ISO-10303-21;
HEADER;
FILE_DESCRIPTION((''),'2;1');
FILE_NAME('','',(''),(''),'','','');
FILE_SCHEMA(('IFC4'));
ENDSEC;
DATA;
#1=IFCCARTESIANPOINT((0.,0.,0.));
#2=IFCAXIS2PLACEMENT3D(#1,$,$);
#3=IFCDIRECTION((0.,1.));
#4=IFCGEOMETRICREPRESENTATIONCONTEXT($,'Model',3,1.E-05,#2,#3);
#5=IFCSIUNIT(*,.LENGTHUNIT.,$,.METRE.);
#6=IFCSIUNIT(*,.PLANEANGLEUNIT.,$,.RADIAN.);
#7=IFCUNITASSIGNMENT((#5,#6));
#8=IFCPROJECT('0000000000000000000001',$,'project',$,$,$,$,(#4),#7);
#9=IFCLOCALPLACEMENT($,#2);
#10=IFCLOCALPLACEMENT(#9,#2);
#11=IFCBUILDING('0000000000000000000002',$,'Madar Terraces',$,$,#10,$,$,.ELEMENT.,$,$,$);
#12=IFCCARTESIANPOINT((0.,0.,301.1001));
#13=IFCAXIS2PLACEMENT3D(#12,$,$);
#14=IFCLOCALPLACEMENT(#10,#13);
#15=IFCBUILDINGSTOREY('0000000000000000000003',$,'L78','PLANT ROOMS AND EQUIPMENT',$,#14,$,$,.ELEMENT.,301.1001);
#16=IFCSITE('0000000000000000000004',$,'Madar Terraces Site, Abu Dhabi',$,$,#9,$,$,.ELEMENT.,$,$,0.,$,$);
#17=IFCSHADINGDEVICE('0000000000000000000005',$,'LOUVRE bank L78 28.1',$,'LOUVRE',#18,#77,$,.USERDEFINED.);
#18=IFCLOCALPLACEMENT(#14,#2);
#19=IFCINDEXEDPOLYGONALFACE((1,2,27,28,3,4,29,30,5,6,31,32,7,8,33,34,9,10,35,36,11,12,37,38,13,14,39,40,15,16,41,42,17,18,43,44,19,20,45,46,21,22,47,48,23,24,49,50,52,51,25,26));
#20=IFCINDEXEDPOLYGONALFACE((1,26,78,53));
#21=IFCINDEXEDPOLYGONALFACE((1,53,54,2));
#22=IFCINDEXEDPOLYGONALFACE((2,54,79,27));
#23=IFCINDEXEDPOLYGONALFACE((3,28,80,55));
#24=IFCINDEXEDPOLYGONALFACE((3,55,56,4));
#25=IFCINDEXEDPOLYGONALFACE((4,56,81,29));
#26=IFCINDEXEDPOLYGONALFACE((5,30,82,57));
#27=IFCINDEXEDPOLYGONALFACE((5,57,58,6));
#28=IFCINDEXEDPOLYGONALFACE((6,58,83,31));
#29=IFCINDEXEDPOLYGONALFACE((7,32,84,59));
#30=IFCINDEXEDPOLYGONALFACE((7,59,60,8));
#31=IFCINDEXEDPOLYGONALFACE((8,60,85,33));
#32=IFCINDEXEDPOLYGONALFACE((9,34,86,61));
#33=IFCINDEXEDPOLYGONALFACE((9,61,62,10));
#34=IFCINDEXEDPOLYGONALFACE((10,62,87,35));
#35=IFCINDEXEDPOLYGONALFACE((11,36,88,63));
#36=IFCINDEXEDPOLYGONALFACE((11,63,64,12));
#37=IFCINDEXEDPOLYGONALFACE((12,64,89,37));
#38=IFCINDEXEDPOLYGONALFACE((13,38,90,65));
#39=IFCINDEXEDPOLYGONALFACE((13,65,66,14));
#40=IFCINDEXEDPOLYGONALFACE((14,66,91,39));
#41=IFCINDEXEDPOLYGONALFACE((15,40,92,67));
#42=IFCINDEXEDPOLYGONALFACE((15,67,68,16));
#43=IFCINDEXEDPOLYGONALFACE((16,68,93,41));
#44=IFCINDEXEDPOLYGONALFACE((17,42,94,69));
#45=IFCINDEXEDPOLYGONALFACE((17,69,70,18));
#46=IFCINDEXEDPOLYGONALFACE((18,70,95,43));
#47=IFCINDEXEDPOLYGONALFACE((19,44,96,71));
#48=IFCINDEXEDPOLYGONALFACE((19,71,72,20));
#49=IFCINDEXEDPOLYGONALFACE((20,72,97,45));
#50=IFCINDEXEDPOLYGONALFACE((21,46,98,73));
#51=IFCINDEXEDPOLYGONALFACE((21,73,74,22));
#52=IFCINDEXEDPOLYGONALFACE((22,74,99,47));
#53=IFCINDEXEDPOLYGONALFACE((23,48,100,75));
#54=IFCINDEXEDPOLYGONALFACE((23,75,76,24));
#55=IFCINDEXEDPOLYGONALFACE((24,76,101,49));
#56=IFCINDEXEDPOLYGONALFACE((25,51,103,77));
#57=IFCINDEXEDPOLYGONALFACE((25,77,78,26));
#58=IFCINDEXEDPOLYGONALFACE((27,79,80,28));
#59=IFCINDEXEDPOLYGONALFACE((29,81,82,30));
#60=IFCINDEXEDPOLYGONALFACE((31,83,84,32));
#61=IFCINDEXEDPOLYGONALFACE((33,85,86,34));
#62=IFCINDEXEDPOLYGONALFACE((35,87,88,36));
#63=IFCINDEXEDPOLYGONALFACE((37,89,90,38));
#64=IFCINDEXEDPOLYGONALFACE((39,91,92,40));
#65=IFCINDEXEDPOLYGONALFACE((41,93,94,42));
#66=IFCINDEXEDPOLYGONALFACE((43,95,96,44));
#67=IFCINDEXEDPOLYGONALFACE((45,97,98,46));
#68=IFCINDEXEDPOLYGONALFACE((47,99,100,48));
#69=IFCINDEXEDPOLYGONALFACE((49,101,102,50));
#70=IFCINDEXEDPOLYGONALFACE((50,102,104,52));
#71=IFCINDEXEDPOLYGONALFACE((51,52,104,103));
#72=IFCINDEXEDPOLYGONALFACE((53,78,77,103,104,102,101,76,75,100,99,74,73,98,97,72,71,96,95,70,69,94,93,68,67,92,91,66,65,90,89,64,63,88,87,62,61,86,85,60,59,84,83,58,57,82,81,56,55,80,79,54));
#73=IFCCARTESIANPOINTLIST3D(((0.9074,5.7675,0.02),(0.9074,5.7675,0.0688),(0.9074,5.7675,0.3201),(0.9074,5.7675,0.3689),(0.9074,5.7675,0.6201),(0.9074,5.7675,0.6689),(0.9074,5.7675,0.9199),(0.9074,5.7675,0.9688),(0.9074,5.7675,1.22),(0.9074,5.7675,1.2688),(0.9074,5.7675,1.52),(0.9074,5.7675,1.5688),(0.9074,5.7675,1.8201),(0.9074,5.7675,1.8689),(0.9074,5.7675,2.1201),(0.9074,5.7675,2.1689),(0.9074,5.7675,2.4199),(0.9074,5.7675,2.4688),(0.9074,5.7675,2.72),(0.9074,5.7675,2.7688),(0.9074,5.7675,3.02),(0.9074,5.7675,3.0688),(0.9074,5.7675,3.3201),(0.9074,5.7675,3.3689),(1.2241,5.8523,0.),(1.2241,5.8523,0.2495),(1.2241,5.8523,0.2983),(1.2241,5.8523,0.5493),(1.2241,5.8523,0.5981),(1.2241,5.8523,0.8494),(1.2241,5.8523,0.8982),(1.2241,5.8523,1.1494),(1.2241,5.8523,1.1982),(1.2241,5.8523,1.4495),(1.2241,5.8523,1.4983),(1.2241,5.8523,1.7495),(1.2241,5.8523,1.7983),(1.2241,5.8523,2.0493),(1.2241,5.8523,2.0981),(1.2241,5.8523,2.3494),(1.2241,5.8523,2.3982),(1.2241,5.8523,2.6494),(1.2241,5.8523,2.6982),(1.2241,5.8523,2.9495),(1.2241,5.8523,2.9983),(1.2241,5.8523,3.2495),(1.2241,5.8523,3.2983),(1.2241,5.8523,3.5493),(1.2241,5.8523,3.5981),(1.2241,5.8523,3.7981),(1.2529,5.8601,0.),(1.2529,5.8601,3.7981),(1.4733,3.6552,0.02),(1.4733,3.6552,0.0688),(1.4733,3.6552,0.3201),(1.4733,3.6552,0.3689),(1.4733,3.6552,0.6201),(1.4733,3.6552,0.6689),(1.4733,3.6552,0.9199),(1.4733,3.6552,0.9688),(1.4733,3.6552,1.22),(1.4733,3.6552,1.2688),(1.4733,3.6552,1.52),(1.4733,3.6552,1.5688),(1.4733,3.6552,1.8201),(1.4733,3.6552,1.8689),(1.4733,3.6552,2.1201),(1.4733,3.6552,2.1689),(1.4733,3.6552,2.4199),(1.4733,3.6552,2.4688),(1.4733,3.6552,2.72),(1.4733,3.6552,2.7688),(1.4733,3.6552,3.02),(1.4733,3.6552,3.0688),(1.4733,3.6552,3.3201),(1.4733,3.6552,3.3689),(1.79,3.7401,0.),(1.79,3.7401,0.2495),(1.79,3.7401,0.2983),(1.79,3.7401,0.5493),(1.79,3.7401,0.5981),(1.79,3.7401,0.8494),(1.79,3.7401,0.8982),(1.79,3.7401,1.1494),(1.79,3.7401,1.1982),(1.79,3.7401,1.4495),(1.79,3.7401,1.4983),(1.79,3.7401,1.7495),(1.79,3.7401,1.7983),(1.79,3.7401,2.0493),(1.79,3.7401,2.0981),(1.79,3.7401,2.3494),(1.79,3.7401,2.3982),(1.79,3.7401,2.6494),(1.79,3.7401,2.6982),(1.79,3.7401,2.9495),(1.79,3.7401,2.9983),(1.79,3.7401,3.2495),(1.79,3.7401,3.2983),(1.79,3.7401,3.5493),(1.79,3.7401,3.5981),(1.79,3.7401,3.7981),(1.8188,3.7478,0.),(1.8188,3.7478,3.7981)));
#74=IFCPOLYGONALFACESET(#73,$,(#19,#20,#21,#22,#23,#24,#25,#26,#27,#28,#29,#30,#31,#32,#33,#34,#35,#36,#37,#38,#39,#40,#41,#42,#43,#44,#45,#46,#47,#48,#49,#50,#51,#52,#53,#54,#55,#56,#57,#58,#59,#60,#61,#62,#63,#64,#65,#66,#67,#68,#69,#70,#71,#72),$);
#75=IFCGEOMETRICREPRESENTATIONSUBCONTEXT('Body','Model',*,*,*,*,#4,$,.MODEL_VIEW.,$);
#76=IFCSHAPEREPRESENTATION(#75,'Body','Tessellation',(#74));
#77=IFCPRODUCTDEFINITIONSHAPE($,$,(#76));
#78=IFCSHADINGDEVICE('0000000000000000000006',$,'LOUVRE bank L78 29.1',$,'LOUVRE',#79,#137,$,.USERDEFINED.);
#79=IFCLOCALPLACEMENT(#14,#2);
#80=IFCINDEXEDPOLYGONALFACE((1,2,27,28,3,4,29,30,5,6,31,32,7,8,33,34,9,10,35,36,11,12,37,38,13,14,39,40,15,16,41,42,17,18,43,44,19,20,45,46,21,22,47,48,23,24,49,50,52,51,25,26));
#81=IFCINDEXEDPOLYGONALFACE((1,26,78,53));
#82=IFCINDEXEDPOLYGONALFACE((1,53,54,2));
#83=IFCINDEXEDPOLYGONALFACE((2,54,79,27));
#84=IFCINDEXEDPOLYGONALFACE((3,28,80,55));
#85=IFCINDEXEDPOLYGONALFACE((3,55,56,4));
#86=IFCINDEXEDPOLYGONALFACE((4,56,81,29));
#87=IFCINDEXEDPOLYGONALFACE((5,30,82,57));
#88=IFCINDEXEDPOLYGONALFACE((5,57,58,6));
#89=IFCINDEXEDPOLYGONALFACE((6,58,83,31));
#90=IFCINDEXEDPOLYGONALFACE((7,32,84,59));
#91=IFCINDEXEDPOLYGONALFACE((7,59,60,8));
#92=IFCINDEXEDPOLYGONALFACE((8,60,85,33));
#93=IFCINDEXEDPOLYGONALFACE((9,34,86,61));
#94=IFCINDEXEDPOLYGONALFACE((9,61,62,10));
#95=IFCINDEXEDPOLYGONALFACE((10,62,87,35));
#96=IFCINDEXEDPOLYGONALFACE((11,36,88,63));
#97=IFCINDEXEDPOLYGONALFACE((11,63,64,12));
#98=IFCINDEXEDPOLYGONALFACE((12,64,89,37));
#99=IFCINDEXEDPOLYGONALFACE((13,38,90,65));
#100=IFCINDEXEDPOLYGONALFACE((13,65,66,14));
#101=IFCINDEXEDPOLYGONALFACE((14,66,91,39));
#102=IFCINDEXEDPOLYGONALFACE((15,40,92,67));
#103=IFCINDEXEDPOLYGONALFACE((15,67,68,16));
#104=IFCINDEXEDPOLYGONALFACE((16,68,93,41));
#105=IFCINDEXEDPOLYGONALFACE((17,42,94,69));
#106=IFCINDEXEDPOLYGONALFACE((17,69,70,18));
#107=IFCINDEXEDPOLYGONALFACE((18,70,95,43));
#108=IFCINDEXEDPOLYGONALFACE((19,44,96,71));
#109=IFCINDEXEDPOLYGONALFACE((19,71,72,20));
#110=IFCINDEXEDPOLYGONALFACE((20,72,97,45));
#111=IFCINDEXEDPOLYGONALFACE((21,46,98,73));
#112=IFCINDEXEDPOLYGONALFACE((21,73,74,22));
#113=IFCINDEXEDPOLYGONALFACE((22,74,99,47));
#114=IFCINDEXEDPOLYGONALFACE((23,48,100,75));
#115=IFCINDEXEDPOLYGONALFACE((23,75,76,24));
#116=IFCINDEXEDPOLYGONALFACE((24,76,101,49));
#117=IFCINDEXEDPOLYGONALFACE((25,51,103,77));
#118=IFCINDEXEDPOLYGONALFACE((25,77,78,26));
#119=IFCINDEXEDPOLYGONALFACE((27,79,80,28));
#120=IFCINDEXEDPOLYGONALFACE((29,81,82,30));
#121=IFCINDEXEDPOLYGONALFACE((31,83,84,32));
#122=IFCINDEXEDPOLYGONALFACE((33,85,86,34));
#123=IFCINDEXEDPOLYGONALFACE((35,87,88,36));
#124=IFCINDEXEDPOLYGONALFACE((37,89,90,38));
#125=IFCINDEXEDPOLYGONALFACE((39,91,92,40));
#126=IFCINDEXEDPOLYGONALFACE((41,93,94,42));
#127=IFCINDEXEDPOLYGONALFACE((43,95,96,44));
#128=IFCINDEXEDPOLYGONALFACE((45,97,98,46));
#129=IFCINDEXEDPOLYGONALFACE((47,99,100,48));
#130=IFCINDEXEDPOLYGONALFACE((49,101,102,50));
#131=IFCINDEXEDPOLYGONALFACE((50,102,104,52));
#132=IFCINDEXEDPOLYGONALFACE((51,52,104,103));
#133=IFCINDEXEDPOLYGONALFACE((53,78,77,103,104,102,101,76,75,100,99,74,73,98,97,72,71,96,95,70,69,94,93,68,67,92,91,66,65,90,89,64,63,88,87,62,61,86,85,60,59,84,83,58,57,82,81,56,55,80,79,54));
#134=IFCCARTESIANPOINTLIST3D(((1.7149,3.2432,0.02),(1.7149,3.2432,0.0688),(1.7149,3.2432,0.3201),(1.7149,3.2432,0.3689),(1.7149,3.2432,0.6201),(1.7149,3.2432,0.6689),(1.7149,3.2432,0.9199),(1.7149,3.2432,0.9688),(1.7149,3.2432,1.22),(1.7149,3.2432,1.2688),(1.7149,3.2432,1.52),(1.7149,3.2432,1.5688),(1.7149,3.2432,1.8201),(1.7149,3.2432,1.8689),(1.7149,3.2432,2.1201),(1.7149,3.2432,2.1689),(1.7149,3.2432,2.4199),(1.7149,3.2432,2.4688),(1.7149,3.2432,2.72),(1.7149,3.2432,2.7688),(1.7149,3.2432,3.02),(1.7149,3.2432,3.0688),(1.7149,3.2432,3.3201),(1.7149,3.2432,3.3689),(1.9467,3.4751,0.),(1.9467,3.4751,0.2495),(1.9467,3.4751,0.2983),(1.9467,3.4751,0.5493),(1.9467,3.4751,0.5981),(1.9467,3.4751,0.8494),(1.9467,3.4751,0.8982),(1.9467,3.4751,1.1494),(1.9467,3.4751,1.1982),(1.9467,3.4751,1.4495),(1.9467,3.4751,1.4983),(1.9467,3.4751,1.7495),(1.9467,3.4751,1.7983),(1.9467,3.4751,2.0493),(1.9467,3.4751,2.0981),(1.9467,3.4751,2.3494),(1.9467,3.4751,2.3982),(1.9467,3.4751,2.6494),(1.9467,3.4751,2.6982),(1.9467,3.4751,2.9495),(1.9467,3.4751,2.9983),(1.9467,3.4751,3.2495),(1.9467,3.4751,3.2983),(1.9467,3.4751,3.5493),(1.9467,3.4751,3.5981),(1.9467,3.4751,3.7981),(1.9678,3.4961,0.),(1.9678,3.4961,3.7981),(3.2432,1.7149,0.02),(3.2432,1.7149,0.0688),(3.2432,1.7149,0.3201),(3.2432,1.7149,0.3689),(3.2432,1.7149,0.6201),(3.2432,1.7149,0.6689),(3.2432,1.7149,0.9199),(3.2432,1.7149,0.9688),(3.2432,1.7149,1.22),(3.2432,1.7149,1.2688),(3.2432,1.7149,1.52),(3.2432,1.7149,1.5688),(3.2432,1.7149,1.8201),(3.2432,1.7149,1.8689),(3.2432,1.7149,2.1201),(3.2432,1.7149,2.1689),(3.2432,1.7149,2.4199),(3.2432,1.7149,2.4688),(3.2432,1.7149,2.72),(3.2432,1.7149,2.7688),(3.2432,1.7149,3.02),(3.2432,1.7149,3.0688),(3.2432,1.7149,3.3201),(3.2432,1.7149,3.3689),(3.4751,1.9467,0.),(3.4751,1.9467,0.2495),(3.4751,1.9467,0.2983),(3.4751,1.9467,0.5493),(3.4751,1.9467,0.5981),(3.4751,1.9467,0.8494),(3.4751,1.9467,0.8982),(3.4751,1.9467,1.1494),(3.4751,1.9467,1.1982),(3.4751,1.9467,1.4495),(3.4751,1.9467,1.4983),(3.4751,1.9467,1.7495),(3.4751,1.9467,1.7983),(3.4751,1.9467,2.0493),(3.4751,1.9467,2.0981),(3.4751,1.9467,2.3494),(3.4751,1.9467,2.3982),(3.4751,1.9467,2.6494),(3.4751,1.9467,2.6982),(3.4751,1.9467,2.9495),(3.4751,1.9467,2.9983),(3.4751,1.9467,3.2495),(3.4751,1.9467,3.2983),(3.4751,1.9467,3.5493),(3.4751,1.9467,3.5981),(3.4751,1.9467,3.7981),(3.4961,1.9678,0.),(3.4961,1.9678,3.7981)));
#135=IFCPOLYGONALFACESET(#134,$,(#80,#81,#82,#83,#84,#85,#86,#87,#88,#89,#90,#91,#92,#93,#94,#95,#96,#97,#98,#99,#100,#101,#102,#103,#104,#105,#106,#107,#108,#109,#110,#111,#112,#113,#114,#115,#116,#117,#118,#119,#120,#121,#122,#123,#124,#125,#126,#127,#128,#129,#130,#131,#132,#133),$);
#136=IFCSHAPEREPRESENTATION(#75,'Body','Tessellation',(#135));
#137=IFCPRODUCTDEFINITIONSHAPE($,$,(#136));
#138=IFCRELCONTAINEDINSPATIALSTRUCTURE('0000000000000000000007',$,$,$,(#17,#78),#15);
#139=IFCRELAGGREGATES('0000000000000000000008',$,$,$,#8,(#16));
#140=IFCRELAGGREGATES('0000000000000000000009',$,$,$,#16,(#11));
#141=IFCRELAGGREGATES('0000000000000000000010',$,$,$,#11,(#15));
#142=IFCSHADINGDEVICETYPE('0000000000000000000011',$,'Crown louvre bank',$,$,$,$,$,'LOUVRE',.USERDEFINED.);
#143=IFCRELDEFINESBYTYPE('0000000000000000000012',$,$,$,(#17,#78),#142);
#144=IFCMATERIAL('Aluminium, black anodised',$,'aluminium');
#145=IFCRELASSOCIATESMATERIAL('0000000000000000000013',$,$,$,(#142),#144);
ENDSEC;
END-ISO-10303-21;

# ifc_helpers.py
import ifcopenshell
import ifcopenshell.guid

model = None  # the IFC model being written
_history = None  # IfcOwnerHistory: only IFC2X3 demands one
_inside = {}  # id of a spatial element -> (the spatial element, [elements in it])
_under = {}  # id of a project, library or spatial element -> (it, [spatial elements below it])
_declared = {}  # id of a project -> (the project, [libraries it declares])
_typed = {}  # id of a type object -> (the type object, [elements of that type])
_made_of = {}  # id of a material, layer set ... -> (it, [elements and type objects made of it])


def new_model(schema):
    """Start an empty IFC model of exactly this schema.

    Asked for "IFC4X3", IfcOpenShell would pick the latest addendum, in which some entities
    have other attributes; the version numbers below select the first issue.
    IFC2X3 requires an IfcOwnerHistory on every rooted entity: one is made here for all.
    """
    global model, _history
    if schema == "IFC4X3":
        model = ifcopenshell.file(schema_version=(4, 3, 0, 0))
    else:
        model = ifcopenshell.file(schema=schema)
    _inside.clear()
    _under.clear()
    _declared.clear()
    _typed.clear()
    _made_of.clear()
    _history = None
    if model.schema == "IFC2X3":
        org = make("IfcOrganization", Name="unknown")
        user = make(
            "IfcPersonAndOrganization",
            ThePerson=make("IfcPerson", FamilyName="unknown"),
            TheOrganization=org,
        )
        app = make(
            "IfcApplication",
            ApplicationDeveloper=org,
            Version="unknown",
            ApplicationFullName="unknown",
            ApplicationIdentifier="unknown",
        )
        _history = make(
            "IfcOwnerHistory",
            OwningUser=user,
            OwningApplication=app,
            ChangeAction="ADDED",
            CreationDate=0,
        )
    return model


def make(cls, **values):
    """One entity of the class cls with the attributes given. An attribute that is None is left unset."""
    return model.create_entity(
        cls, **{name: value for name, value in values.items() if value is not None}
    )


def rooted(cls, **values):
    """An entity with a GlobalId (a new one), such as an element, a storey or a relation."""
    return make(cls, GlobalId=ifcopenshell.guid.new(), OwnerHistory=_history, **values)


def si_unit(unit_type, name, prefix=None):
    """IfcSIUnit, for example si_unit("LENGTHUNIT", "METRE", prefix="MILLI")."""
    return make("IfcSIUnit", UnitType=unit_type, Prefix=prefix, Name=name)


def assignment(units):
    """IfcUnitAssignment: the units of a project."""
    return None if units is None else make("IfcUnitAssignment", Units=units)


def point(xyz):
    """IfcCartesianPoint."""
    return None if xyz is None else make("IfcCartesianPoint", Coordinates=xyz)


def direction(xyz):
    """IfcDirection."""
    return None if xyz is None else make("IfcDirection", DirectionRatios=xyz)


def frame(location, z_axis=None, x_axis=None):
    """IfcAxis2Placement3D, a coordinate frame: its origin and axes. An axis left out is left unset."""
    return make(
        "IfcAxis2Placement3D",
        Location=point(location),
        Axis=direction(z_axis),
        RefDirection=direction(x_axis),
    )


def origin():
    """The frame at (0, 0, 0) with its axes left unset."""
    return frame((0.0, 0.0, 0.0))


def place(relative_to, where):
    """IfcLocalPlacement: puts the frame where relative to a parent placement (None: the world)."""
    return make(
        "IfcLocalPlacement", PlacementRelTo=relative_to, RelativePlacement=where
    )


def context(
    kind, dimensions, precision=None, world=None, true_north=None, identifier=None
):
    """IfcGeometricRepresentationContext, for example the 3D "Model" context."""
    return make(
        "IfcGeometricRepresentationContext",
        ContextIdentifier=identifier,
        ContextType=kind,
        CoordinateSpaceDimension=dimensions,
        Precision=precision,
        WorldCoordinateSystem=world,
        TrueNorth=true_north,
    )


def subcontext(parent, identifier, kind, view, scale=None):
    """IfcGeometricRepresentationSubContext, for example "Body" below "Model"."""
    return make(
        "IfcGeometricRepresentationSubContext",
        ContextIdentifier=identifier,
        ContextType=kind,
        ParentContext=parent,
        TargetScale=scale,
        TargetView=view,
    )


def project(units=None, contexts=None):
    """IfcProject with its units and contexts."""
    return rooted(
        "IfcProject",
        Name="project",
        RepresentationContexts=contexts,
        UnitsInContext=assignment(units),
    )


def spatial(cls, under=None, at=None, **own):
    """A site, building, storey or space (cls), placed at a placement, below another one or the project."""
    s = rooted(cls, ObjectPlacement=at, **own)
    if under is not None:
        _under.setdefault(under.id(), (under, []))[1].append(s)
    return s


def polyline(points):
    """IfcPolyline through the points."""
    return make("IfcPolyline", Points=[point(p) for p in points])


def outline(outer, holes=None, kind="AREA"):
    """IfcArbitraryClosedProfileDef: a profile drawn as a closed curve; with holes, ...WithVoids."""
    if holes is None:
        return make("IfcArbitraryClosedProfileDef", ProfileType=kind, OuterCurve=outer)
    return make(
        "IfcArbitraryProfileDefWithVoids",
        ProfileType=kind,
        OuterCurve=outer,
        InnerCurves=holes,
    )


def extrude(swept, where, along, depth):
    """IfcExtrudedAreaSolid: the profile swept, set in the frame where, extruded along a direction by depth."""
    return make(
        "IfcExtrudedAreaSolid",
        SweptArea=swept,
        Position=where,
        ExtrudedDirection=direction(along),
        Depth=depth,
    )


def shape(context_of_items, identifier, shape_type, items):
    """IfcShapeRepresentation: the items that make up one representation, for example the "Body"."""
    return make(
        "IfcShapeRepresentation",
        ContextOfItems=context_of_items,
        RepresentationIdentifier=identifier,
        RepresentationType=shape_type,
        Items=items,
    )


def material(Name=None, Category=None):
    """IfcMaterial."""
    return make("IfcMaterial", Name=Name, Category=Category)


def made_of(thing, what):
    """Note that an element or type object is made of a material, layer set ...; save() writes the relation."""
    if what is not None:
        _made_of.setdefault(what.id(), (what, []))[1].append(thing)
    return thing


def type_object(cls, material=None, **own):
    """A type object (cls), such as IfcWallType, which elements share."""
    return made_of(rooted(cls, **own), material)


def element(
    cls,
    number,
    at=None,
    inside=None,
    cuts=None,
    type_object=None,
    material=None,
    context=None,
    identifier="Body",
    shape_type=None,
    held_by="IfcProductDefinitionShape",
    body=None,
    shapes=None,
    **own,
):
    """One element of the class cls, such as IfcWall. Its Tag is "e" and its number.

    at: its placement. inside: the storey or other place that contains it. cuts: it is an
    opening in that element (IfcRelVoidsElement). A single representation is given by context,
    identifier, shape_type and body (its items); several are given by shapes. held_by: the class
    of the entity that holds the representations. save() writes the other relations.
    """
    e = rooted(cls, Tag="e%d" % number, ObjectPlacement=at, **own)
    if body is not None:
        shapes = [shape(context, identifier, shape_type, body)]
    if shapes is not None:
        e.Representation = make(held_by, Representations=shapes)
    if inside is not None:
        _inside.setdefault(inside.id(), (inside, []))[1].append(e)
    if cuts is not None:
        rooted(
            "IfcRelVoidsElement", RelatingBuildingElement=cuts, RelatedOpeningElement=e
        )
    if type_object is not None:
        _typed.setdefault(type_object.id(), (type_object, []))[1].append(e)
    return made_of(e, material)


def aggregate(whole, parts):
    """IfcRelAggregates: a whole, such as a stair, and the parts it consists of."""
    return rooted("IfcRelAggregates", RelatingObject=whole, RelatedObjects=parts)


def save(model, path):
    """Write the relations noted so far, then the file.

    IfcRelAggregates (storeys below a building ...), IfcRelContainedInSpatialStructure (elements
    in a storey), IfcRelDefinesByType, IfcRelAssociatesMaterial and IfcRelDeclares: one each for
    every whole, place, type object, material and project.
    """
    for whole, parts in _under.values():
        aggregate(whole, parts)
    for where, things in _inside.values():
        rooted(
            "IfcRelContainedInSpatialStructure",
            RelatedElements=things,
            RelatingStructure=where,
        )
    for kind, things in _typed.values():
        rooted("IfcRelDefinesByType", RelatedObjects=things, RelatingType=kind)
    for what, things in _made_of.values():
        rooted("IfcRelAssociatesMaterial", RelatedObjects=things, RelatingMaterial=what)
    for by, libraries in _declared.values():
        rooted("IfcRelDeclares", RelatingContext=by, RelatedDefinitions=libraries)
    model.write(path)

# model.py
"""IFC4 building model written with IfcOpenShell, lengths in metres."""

from ifc_helpers import new_model, si_unit, direction, frame, origin, place, context, subcontext, project, spatial, polyline, outline, extrude, material, type_object, element, save


model = new_model("IFC4")

# Units and contexts
model_context = context("Model", 3, precision=1e-05, world=origin(), true_north=direction((0.0, 1.0)))
body_context = subcontext(model_context, "Body", "Model", "MODEL_VIEW")
ifc_project = project(units=[si_unit("LENGTHUNIT", "METRE"), si_unit("PLANEANGLEUNIT", "RADIAN")], contexts=[model_context])

# Site, building, storey
site_placement = place(None, origin())
site = spatial("IfcSite", under=ifc_project, at=site_placement, Name="Madar Terraces Site, Abu Dhabi", CompositionType="ELEMENT", RefElevation=0.0)
building_placement = place(site_placement, origin())
building = spatial("IfcBuilding", under=site, at=building_placement, Name="Madar Terraces", CompositionType="ELEMENT")
storey_placement = place(building_placement, frame((0.0, 0.0, 301.1001)))
storey = spatial("IfcBuildingStorey", under=building, at=storey_placement, Name="L78", Description="PLANT ROOMS AND EQUIPMENT", CompositionType="ELEMENT", Elevation=301.1001)

# Shading devices
ifc_material_1 = material(Name="Aluminium, black anodised", Category="aluminium")
shading_device_type = type_object("IfcShadingDeviceType", Name="Crown louvre bank", ElementType="LOUVRE", PredefinedType="USERDEFINED", material=ifc_material_1)
shading_device_1_placement = place(storey_placement, frame((1.2385, 5.8562, 0.0), z_axis=(0.258788, -0.965934, 0.0), x_axis=(0.965934, 0.258788, 0.0)))
element("IfcShadingDevice", 1, at=shading_device_1_placement, inside=storey, type_object=shading_device_type, Name="LOUVRE bank L78 28.1", ObjectType="LOUVRE", PredefinedType="USERDEFINED", context=body_context, shape_type="SweptSolid", body=[
    extrude(outline(polyline([(0.0149, 0.0), (-0.0149, 0.0), (-0.0149, 0.2495), (-0.3428, 0.02), (-0.3428, 0.0688), (-0.0149, 0.2983), (-0.0149, 0.5493), (-0.3428, 0.3201), (-0.3428, 0.3689), (-0.0149, 0.5981), (-0.0149, 0.8494), (-0.3428, 0.6201), (-0.3428, 0.6689), (-0.0149, 0.8982), (-0.0149, 1.1494), (-0.3428, 0.9199), (-0.3428, 0.9688), (-0.0149, 1.1982), (-0.0149, 1.4495), (-0.3428, 1.22), (-0.3428, 1.2688), (-0.0149, 1.4983), (-0.0149, 1.7495), (-0.3428, 1.52), (-0.3428, 1.5688), (-0.0149, 1.7983), (-0.0149, 2.0493), (-0.3428, 1.8201), (-0.3428, 1.8689), (-0.0149, 2.0981), (-0.0149, 2.3494), (-0.3428, 2.1201), (-0.3428, 2.1689), (-0.0149, 2.3982), (-0.0149, 2.6494), (-0.3428, 2.4199), (-0.3428, 2.4688), (-0.0149, 2.6982), (-0.0149, 2.9495), (-0.3428, 2.72), (-0.3428, 2.7688), (-0.0149, 2.9983), (-0.0149, 3.2495), (-0.3428, 3.02), (-0.3428, 3.0688), (-0.0149, 3.2983), (-0.0149, 3.5493), (-0.3428, 3.3201), (-0.3428, 3.3689), (-0.0149, 3.5981), (-0.0149, 3.7981), (0.0149, 3.7981), (0.0149, 0.0)])), origin(), (0.0, 0.0, 1.0), 2.1868),
])
shading_device_2_placement = place(storey_placement, frame((1.9573, 3.4856, 0.0), z_axis=(0.707107, -0.707107, 0.0), x_axis=(0.707107, 0.707107, 0.0)))
element("IfcShadingDevice", 2, at=shading_device_2_placement, inside=storey, type_object=shading_device_type, Name="LOUVRE bank L78 29.1", ObjectType="LOUVRE", PredefinedType="USERDEFINED", context=body_context, shape_type="SweptSolid", body=[
    extrude(outline(polyline([(0.0149, 0.0), (-0.0149, 0.0), (-0.0149, 0.2495), (-0.3428, 0.02), (-0.3428, 0.0688), (-0.0149, 0.2983), (-0.0149, 0.5493), (-0.3428, 0.3201), (-0.3428, 0.3689), (-0.0149, 0.5981), (-0.0149, 0.8494), (-0.3428, 0.6201), (-0.3428, 0.6689), (-0.0149, 0.8982), (-0.0149, 1.1494), (-0.3428, 0.9199), (-0.3428, 0.9688), (-0.0149, 1.1982), (-0.0149, 1.4495), (-0.3428, 1.22), (-0.3428, 1.2688), (-0.0149, 1.4983), (-0.0149, 1.7495), (-0.3428, 1.52), (-0.3428, 1.5688), (-0.0149, 1.7983), (-0.0149, 2.0493), (-0.3428, 1.8201), (-0.3428, 1.8689), (-0.0149, 2.0981), (-0.0149, 2.3494), (-0.3428, 2.1201), (-0.3428, 2.1689), (-0.0149, 2.3982), (-0.0149, 2.6494), (-0.3428, 2.4199), (-0.3428, 2.4688), (-0.0149, 2.6982), (-0.0149, 2.9495), (-0.3428, 2.72), (-0.3428, 2.7688), (-0.0149, 2.9983), (-0.0149, 3.2495), (-0.3428, 3.02), (-0.3428, 3.0688), (-0.0149, 3.2983), (-0.0149, 3.5493), (-0.3428, 3.3201), (-0.3428, 3.3689), (-0.0149, 3.5981), (-0.0149, 3.7981), (0.0149, 3.7981), (0.0149, 0.0)])), origin(), (0.0, 0.0, 1.0), 2.1614),
])

save(model, "model.ifc")
